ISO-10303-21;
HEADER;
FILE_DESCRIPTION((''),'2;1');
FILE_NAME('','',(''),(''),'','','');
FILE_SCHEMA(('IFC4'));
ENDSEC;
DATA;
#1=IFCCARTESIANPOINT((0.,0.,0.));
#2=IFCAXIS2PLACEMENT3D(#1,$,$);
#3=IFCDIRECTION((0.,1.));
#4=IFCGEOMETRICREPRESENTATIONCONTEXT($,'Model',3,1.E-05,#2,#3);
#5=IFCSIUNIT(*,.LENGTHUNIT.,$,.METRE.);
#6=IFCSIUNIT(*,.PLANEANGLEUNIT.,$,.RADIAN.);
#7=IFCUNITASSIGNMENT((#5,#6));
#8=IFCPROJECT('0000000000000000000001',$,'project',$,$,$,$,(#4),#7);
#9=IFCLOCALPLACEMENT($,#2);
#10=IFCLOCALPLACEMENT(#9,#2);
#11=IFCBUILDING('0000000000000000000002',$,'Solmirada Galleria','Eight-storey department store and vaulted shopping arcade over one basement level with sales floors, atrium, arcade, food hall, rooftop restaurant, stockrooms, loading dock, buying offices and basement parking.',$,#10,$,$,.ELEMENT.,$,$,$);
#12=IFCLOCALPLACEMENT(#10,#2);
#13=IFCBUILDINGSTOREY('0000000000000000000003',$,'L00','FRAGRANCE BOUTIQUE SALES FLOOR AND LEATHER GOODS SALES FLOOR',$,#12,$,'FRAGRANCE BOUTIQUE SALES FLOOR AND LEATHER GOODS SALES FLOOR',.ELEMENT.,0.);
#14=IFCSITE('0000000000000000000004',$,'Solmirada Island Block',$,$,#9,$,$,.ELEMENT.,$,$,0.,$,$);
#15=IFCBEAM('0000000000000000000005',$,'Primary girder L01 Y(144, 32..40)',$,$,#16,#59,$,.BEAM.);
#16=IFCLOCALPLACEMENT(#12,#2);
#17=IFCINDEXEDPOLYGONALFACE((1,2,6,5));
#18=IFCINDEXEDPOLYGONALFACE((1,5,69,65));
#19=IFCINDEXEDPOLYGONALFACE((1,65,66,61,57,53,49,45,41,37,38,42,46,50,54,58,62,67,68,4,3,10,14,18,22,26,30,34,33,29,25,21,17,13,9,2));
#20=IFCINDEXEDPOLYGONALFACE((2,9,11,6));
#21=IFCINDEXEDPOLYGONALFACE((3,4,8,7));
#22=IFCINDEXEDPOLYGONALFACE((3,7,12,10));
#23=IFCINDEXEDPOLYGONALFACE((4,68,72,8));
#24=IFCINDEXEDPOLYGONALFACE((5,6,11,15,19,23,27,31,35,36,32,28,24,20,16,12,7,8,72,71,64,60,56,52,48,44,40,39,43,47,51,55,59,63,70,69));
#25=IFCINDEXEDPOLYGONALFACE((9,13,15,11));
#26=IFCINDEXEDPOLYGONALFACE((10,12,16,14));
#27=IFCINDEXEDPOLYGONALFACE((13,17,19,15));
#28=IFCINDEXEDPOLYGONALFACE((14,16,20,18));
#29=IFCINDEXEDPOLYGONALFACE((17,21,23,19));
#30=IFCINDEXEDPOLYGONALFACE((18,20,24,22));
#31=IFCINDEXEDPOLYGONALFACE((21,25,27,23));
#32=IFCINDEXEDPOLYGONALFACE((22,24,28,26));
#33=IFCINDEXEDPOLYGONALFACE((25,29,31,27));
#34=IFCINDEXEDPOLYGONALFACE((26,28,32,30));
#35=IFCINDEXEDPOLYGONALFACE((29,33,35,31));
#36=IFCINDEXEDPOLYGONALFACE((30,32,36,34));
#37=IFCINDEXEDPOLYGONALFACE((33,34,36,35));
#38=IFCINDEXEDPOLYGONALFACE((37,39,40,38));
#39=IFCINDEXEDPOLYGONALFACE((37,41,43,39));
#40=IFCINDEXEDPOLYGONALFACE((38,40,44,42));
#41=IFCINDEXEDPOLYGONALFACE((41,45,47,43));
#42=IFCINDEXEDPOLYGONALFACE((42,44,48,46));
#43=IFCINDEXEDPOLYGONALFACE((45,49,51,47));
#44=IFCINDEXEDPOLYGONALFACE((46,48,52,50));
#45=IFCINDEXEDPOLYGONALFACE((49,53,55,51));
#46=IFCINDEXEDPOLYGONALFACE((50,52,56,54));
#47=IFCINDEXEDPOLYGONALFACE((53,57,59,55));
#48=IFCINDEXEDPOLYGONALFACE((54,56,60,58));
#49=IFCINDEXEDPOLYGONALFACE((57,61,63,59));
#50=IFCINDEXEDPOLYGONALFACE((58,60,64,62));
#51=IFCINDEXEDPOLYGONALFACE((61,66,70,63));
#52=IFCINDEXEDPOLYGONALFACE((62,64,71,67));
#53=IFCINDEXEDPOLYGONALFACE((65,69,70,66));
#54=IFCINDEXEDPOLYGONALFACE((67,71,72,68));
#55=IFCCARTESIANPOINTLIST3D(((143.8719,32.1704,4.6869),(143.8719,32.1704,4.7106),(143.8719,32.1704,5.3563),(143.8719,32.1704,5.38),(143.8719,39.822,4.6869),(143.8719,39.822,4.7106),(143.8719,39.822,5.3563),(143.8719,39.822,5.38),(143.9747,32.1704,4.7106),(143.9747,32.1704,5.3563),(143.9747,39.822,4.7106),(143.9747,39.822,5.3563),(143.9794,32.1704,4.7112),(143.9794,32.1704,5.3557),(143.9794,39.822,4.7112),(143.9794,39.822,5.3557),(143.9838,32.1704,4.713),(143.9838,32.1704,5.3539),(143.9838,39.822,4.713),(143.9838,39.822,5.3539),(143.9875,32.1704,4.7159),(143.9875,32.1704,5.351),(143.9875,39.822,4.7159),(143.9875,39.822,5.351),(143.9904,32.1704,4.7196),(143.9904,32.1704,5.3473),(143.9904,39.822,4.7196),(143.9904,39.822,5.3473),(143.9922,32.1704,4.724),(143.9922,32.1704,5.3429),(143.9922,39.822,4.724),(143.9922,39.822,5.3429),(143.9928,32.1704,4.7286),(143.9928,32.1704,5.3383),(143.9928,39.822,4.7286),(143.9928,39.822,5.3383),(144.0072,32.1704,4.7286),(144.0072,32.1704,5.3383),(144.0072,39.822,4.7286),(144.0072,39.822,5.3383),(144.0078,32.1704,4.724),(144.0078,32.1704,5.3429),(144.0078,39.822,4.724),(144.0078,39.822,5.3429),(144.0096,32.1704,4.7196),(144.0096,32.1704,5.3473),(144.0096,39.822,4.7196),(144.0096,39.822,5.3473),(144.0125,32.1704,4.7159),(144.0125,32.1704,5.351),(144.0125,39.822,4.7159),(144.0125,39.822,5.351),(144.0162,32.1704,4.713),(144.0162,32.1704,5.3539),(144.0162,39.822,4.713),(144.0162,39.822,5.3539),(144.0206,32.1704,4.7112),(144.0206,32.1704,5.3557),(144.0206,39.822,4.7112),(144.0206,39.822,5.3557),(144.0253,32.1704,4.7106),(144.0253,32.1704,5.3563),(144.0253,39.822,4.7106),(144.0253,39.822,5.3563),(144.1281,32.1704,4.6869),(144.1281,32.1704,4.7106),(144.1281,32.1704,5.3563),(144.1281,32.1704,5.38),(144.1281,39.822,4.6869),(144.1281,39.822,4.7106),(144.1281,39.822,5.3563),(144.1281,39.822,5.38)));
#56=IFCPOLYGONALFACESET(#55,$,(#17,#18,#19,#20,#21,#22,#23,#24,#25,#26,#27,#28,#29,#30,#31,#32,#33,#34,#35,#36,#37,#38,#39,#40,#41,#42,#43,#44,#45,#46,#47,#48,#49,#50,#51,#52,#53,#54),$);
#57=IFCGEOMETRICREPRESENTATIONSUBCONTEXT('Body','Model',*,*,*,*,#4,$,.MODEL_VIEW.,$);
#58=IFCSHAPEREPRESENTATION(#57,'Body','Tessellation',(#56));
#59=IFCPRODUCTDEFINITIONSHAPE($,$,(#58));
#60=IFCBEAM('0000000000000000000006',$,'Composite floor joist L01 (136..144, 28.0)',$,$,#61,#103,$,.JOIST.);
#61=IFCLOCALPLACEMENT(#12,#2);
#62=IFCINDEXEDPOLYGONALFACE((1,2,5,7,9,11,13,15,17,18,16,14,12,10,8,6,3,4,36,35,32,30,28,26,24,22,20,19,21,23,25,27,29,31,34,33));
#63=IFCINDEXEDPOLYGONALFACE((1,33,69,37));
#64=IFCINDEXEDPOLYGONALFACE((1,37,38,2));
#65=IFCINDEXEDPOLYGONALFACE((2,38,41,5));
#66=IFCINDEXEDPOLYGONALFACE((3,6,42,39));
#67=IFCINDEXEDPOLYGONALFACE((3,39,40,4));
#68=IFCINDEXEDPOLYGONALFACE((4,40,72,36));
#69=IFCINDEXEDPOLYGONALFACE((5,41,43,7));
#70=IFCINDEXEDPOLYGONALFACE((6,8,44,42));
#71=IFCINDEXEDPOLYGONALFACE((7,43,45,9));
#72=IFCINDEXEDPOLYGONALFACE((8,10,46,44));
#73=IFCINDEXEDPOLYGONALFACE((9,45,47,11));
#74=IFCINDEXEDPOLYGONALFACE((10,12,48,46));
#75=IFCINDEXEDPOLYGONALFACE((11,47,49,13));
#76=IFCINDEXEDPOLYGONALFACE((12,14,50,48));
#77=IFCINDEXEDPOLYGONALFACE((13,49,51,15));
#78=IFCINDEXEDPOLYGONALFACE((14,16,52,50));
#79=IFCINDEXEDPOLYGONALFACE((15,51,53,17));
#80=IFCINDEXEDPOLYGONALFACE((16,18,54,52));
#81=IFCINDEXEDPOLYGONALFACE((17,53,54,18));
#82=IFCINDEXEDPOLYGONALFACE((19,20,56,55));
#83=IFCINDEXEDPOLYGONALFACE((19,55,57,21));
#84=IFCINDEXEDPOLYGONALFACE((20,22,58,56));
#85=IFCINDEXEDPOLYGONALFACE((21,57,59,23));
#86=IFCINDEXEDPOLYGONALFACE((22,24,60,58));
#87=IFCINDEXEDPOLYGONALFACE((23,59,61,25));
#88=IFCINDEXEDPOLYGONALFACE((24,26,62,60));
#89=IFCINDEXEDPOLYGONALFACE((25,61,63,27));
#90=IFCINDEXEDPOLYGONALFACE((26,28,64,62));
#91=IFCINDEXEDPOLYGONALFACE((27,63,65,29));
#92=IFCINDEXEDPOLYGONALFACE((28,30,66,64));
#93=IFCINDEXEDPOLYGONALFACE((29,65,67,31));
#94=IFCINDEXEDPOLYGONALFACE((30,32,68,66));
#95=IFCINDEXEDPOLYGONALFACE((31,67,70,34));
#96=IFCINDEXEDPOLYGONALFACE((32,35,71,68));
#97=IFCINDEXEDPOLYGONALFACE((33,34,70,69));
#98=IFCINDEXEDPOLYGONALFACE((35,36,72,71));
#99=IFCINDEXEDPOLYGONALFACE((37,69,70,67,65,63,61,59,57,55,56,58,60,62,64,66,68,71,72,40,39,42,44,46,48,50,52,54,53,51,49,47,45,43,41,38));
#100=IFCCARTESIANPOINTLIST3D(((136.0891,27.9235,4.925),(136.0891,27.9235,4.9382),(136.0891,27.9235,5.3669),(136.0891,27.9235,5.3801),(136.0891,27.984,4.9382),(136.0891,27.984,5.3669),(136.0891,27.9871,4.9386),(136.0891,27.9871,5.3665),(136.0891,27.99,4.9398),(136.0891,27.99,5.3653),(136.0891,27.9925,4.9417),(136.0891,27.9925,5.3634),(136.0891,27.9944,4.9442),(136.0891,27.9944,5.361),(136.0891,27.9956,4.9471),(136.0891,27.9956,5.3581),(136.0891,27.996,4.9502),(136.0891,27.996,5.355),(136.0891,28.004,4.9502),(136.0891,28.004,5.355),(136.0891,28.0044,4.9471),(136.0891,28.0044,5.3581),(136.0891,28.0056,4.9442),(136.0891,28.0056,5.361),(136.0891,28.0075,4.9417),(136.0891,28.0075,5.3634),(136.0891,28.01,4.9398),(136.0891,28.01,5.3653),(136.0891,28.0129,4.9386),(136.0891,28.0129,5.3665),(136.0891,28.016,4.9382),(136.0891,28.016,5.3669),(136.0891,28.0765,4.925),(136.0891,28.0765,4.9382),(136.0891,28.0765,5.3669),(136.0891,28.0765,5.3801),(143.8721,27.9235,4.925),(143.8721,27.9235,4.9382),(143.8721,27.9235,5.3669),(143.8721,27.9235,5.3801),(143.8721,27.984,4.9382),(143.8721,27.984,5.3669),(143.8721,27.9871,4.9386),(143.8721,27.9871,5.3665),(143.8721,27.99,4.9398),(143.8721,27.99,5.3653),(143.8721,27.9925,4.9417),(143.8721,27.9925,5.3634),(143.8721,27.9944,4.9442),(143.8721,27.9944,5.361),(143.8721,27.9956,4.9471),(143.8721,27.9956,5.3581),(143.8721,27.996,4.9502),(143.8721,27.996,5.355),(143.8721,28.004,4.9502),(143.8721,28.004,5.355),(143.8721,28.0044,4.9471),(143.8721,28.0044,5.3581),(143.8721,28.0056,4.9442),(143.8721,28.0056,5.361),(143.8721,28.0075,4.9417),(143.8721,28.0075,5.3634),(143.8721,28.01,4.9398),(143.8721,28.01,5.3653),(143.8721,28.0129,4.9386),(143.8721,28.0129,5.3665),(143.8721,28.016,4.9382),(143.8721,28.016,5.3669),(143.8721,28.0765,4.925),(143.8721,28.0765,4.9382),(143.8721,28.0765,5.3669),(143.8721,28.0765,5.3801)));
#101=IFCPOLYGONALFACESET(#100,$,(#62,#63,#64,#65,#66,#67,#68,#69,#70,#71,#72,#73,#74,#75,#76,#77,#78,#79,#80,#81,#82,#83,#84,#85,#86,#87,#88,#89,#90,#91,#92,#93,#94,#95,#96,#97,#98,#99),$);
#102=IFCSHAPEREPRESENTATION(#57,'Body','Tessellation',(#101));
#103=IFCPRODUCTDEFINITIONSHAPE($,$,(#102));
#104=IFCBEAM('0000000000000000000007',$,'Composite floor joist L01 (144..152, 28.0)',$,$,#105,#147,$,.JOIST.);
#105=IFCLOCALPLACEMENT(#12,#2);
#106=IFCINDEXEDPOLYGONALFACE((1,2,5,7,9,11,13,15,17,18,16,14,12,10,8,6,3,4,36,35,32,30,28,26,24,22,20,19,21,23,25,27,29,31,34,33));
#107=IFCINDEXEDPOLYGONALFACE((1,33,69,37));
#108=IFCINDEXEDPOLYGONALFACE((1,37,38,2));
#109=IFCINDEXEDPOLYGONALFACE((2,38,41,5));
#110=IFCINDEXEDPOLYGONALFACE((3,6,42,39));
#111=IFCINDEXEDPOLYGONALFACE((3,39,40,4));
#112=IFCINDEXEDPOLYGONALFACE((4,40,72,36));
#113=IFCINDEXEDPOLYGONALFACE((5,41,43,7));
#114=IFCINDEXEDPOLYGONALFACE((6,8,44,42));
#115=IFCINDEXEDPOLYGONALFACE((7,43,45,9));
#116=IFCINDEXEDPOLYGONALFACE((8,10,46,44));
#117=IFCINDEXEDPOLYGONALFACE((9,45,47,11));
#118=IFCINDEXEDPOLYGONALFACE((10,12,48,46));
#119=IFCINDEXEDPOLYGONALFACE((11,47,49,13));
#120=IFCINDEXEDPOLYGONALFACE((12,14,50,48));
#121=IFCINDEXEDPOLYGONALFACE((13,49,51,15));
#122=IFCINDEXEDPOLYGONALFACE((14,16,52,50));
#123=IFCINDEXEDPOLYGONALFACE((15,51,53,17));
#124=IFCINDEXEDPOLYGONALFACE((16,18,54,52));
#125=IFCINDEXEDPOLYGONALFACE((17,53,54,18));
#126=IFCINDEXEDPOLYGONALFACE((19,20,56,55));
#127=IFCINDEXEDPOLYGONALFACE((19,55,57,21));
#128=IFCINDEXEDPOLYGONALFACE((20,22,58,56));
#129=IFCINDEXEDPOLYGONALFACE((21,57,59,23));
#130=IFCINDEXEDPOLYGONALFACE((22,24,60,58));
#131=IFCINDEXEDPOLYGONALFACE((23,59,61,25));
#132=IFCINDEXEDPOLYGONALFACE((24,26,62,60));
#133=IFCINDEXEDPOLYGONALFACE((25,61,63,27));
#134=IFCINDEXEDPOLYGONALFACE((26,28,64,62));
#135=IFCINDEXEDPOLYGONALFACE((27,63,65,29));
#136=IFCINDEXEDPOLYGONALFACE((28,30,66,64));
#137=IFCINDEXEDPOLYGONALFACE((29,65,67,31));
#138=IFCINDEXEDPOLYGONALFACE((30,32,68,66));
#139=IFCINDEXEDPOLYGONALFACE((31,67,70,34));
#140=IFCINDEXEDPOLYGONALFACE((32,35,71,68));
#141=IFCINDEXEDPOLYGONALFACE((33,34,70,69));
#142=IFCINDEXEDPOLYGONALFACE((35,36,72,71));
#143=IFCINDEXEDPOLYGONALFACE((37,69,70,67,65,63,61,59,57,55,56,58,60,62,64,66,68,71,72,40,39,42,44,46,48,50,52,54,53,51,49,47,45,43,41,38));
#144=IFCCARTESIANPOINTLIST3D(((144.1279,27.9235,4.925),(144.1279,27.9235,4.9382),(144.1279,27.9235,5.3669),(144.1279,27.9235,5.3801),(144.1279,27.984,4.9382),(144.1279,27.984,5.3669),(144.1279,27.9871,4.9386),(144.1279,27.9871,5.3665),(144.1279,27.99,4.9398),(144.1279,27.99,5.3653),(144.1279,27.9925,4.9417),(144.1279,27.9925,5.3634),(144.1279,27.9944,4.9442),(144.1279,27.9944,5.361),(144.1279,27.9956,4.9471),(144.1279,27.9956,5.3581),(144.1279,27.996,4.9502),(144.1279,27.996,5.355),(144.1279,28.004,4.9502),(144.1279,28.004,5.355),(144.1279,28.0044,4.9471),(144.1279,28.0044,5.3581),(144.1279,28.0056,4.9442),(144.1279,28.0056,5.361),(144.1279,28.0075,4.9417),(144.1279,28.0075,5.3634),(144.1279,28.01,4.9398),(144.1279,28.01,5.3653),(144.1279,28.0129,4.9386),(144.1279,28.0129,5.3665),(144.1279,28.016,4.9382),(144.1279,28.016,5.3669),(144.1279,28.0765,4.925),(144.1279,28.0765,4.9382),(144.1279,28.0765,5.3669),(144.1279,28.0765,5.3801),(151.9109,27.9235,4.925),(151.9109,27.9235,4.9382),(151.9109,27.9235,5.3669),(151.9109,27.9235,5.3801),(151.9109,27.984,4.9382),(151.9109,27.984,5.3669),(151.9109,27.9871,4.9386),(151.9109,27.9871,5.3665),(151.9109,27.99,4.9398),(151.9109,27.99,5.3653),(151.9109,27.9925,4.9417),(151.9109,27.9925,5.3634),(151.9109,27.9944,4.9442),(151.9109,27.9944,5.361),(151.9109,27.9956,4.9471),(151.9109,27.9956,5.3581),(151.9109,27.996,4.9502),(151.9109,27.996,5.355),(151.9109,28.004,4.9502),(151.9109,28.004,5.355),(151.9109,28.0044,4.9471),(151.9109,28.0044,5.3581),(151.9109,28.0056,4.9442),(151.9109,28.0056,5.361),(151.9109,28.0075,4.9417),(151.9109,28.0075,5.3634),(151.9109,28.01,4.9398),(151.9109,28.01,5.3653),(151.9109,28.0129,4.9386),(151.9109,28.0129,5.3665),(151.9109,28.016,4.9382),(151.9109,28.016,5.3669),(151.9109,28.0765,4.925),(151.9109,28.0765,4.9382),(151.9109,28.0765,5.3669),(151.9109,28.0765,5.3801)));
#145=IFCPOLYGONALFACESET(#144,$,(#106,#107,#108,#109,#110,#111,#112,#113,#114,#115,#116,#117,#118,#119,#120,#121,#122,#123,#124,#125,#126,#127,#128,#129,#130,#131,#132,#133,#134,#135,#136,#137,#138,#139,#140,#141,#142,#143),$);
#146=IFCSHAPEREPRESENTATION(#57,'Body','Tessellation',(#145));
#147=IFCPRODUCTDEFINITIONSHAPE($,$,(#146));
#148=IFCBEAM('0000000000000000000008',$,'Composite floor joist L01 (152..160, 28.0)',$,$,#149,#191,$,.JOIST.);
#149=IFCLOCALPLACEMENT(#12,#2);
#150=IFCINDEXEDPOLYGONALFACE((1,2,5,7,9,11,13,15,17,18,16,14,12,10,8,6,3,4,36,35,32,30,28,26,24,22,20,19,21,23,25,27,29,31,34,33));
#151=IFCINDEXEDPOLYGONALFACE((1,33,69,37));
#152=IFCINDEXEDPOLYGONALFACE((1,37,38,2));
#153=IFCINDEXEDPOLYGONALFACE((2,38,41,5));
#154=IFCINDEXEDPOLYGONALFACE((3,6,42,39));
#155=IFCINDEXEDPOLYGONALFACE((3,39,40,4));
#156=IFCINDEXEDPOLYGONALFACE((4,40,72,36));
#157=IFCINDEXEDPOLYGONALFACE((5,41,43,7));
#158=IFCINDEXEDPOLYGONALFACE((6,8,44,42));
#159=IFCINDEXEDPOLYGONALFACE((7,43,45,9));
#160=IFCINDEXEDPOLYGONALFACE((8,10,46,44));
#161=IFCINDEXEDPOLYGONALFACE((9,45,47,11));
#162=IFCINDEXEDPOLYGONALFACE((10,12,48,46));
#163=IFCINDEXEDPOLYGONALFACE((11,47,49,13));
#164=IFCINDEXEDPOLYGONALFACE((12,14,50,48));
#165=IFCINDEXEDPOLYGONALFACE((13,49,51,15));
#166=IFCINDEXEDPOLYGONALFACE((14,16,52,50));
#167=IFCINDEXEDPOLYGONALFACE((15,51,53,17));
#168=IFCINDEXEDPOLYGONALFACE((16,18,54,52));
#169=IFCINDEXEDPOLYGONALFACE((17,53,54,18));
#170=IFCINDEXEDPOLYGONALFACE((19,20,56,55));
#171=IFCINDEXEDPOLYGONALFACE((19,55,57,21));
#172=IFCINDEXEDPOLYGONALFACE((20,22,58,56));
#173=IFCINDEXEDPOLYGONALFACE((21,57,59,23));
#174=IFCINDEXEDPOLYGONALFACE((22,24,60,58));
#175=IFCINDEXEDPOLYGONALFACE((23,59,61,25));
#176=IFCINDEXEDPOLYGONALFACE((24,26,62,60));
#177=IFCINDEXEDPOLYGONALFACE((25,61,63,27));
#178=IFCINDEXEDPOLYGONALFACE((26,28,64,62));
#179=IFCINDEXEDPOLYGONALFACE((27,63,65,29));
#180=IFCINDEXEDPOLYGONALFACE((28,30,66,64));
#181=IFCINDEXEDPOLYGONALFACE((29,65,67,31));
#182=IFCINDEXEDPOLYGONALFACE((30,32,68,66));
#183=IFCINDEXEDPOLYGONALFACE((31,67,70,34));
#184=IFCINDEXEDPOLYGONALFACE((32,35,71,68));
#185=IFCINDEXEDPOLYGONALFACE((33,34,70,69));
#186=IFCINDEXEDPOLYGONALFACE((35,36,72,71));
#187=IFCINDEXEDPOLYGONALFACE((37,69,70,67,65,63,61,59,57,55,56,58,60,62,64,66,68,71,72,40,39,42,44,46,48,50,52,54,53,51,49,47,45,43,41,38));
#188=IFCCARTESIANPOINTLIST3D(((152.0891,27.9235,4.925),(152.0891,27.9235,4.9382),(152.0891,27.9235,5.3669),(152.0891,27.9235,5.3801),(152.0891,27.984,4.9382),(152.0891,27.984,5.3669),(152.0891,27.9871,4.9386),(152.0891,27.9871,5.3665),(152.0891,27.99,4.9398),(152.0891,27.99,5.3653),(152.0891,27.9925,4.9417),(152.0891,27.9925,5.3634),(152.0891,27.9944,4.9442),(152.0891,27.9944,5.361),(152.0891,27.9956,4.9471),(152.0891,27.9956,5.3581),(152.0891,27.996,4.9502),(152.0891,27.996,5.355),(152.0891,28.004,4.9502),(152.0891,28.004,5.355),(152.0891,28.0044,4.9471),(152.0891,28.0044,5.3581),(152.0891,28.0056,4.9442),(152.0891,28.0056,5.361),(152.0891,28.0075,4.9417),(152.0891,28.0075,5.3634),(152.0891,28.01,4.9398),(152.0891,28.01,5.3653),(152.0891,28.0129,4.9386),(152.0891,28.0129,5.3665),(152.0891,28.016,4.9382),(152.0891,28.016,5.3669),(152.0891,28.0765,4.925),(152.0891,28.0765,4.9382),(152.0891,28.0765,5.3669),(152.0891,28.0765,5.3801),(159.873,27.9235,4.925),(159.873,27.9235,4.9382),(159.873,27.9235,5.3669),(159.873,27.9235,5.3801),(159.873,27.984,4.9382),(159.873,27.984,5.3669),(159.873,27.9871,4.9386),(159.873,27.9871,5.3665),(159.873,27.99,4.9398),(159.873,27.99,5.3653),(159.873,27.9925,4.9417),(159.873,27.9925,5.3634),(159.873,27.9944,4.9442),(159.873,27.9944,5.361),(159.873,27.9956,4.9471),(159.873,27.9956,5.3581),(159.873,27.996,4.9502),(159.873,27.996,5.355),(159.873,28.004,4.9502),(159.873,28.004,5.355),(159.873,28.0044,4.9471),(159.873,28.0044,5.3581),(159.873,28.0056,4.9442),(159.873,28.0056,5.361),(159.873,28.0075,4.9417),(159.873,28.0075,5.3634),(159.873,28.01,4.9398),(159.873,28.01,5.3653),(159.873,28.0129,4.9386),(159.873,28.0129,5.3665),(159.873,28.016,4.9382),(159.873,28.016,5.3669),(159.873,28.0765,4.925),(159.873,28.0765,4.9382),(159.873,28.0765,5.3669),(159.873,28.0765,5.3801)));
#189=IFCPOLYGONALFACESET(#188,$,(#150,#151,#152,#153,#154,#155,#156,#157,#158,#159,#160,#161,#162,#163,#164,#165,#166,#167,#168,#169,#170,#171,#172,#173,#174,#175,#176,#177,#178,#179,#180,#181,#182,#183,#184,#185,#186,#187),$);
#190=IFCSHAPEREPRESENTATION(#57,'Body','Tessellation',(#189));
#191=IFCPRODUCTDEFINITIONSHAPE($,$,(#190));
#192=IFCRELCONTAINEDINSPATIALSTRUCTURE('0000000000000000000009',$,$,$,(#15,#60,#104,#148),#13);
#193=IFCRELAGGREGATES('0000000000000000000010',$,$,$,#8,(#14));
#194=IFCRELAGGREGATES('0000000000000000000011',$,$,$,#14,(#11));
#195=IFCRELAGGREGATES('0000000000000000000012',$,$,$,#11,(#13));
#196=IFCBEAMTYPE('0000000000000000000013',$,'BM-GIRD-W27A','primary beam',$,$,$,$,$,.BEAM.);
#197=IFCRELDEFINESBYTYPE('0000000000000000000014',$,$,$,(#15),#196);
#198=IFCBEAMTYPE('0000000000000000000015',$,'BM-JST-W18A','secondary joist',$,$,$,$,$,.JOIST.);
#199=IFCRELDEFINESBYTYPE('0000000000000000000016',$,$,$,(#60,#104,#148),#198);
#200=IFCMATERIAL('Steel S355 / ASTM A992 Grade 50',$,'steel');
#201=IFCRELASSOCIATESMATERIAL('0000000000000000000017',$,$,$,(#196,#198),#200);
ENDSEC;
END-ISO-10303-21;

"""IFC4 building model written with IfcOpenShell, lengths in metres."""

from ifc_helpers import new_model, si_unit, direction, frame, origin, origin_2d, place, context, subcontext, project, spatial, i_section, extrude, material, material_profile, profile_set, type_object, element, save


model = new_model("IFC4")

# Units and contexts
model_context = context("Model", 3, precision=1e-05, world=origin(), true_north=direction((0.0, 1.0)))
body_context = subcontext(model_context, "Body", "Model", "MODEL_VIEW")
ifc_project = project(units=[si_unit("LENGTHUNIT", "METRE"), si_unit("PLANEANGLEUNIT", "RADIAN")], contexts=[model_context])

# Site, building, storey
site_placement = place(None, origin())
site = spatial("IfcSite", under=ifc_project, at=site_placement, Name="Solmirada Island Block", CompositionType="ELEMENT", RefElevation=0.0)
building_placement = place(site_placement, origin())
building = spatial("IfcBuilding", under=site, at=building_placement, Name="Solmirada Galleria", Description="Eight-storey department store and vaulted shopping arcade over one basement level with sales floors, atrium, arcade, food hall, rooftop restaurant, stockrooms, loading dock, buying offices and basement parking.", CompositionType="ELEMENT")
storey_placement = place(building_placement, origin())
storey = spatial("IfcBuildingStorey", under=building, at=storey_placement, Name="L00", Description="FRAGRANCE BOUTIQUE SALES FLOOR AND LEATHER GOODS SALES FLOOR", LongName="FRAGRANCE BOUTIQUE SALES FLOOR AND LEATHER GOODS SALES FLOOR", CompositionType="ELEMENT", Elevation=0.0)

# Beams
ifc_material_1 = material(Name="Steel S355 / ASTM A992 Grade 50", Category="steel")
ifc_material_profile_1 = material_profile(ifc_material_1, i_section(OverallWidth=0.2561, OverallDepth=0.6931, WebThickness=0.0144, FlangeThickness=0.0237, FilletRadius=0.0181, at=origin_2d()), Name="W27X114")
ifc_profile_set_1 = profile_set([ifc_material_profile_1], Name="Steel S355 / ASTM A992 Grade 50")
beam_type_1 = type_object("IfcBeamType", Name="BM-GIRD-W27A", Description="primary beam", PredefinedType="BEAM", material=ifc_profile_set_1)
for number, where, z_axis, x_axis, name in (
    (1, (144.0, 32.1704, 5.0334), (0.0, 1.0, 0.0), (-1.0, 0.0, 0.0), "Primary girder L01 Y(144, 32..40)"),
):
    element("IfcBeam", number, at=place(storey_placement, frame(where, z_axis=z_axis, x_axis=x_axis)), inside=storey, type_object=beam_type_1, Name=name, PredefinedType="BEAM", context=body_context, shape_type="SweptSolid", body=[
        extrude(i_section(OverallWidth=0.2561, OverallDepth=0.6931, WebThickness=0.0144, FlangeThickness=0.0237, FilletRadius=0.0181, at=origin_2d()), origin(), (0.0, 0.0, 1.0), 7.6516),
    ])
ifc_material_profile_2 = material_profile(ifc_material_1, i_section(OverallWidth=0.1531, OverallDepth=0.4551, WebThickness=0.0081, FlangeThickness=0.0132, FilletRadius=0.012, at=origin_2d()), Name="W18X40")
ifc_profile_set_2 = profile_set([ifc_material_profile_2], Name="Steel S355 / ASTM A992 Grade 50")
beam_type_2 = type_object("IfcBeamType", Name="BM-JST-W18A", Description="secondary joist", PredefinedType="JOIST", material=ifc_profile_set_2)
for number, where, z_axis, x_axis, name in (
    (2, (136.0891, 28.0, 5.1526), (1.0, 0.0, 0.0), (0.0, 1.0, 0.0), "Composite floor joist L01 (136..144, 28.0)"),
    (3, (144.1279, 28.0, 5.1526), (1.0, 0.0, 0.0), (0.0, 1.0, 0.0), "Composite floor joist L01 (144..152, 28.0)"),
):
    element("IfcBeam", number, at=place(storey_placement, frame(where, z_axis=z_axis, x_axis=x_axis)), inside=storey, type_object=beam_type_2, Name=name, PredefinedType="JOIST", context=body_context, shape_type="SweptSolid", body=[
        extrude(i_section(OverallWidth=0.1531, OverallDepth=0.4551, WebThickness=0.0081, FlangeThickness=0.0132, FilletRadius=0.012, at=origin_2d()), origin(), (0.0, 0.0, 1.0), 7.783),
    ])
beam_1_placement = place(storey_placement, frame((152.0891, 28.0, 5.1526), z_axis=(1.0, 0.0, 0.0), x_axis=(0.0, 1.0, 0.0)))
element("IfcBeam", 4, at=beam_1_placement, inside=storey, type_object=beam_type_2, Name="Composite floor joist L01 (152..160, 28.0)", PredefinedType="JOIST", context=body_context, shape_type="SweptSolid", body=[
    extrude(i_section(OverallWidth=0.1531, OverallDepth=0.4551, WebThickness=0.0081, FlangeThickness=0.0132, FilletRadius=0.012, at=origin_2d()), origin(), (0.0, 0.0, 1.0), 7.7839),
])

save(model, "model.ifc")
